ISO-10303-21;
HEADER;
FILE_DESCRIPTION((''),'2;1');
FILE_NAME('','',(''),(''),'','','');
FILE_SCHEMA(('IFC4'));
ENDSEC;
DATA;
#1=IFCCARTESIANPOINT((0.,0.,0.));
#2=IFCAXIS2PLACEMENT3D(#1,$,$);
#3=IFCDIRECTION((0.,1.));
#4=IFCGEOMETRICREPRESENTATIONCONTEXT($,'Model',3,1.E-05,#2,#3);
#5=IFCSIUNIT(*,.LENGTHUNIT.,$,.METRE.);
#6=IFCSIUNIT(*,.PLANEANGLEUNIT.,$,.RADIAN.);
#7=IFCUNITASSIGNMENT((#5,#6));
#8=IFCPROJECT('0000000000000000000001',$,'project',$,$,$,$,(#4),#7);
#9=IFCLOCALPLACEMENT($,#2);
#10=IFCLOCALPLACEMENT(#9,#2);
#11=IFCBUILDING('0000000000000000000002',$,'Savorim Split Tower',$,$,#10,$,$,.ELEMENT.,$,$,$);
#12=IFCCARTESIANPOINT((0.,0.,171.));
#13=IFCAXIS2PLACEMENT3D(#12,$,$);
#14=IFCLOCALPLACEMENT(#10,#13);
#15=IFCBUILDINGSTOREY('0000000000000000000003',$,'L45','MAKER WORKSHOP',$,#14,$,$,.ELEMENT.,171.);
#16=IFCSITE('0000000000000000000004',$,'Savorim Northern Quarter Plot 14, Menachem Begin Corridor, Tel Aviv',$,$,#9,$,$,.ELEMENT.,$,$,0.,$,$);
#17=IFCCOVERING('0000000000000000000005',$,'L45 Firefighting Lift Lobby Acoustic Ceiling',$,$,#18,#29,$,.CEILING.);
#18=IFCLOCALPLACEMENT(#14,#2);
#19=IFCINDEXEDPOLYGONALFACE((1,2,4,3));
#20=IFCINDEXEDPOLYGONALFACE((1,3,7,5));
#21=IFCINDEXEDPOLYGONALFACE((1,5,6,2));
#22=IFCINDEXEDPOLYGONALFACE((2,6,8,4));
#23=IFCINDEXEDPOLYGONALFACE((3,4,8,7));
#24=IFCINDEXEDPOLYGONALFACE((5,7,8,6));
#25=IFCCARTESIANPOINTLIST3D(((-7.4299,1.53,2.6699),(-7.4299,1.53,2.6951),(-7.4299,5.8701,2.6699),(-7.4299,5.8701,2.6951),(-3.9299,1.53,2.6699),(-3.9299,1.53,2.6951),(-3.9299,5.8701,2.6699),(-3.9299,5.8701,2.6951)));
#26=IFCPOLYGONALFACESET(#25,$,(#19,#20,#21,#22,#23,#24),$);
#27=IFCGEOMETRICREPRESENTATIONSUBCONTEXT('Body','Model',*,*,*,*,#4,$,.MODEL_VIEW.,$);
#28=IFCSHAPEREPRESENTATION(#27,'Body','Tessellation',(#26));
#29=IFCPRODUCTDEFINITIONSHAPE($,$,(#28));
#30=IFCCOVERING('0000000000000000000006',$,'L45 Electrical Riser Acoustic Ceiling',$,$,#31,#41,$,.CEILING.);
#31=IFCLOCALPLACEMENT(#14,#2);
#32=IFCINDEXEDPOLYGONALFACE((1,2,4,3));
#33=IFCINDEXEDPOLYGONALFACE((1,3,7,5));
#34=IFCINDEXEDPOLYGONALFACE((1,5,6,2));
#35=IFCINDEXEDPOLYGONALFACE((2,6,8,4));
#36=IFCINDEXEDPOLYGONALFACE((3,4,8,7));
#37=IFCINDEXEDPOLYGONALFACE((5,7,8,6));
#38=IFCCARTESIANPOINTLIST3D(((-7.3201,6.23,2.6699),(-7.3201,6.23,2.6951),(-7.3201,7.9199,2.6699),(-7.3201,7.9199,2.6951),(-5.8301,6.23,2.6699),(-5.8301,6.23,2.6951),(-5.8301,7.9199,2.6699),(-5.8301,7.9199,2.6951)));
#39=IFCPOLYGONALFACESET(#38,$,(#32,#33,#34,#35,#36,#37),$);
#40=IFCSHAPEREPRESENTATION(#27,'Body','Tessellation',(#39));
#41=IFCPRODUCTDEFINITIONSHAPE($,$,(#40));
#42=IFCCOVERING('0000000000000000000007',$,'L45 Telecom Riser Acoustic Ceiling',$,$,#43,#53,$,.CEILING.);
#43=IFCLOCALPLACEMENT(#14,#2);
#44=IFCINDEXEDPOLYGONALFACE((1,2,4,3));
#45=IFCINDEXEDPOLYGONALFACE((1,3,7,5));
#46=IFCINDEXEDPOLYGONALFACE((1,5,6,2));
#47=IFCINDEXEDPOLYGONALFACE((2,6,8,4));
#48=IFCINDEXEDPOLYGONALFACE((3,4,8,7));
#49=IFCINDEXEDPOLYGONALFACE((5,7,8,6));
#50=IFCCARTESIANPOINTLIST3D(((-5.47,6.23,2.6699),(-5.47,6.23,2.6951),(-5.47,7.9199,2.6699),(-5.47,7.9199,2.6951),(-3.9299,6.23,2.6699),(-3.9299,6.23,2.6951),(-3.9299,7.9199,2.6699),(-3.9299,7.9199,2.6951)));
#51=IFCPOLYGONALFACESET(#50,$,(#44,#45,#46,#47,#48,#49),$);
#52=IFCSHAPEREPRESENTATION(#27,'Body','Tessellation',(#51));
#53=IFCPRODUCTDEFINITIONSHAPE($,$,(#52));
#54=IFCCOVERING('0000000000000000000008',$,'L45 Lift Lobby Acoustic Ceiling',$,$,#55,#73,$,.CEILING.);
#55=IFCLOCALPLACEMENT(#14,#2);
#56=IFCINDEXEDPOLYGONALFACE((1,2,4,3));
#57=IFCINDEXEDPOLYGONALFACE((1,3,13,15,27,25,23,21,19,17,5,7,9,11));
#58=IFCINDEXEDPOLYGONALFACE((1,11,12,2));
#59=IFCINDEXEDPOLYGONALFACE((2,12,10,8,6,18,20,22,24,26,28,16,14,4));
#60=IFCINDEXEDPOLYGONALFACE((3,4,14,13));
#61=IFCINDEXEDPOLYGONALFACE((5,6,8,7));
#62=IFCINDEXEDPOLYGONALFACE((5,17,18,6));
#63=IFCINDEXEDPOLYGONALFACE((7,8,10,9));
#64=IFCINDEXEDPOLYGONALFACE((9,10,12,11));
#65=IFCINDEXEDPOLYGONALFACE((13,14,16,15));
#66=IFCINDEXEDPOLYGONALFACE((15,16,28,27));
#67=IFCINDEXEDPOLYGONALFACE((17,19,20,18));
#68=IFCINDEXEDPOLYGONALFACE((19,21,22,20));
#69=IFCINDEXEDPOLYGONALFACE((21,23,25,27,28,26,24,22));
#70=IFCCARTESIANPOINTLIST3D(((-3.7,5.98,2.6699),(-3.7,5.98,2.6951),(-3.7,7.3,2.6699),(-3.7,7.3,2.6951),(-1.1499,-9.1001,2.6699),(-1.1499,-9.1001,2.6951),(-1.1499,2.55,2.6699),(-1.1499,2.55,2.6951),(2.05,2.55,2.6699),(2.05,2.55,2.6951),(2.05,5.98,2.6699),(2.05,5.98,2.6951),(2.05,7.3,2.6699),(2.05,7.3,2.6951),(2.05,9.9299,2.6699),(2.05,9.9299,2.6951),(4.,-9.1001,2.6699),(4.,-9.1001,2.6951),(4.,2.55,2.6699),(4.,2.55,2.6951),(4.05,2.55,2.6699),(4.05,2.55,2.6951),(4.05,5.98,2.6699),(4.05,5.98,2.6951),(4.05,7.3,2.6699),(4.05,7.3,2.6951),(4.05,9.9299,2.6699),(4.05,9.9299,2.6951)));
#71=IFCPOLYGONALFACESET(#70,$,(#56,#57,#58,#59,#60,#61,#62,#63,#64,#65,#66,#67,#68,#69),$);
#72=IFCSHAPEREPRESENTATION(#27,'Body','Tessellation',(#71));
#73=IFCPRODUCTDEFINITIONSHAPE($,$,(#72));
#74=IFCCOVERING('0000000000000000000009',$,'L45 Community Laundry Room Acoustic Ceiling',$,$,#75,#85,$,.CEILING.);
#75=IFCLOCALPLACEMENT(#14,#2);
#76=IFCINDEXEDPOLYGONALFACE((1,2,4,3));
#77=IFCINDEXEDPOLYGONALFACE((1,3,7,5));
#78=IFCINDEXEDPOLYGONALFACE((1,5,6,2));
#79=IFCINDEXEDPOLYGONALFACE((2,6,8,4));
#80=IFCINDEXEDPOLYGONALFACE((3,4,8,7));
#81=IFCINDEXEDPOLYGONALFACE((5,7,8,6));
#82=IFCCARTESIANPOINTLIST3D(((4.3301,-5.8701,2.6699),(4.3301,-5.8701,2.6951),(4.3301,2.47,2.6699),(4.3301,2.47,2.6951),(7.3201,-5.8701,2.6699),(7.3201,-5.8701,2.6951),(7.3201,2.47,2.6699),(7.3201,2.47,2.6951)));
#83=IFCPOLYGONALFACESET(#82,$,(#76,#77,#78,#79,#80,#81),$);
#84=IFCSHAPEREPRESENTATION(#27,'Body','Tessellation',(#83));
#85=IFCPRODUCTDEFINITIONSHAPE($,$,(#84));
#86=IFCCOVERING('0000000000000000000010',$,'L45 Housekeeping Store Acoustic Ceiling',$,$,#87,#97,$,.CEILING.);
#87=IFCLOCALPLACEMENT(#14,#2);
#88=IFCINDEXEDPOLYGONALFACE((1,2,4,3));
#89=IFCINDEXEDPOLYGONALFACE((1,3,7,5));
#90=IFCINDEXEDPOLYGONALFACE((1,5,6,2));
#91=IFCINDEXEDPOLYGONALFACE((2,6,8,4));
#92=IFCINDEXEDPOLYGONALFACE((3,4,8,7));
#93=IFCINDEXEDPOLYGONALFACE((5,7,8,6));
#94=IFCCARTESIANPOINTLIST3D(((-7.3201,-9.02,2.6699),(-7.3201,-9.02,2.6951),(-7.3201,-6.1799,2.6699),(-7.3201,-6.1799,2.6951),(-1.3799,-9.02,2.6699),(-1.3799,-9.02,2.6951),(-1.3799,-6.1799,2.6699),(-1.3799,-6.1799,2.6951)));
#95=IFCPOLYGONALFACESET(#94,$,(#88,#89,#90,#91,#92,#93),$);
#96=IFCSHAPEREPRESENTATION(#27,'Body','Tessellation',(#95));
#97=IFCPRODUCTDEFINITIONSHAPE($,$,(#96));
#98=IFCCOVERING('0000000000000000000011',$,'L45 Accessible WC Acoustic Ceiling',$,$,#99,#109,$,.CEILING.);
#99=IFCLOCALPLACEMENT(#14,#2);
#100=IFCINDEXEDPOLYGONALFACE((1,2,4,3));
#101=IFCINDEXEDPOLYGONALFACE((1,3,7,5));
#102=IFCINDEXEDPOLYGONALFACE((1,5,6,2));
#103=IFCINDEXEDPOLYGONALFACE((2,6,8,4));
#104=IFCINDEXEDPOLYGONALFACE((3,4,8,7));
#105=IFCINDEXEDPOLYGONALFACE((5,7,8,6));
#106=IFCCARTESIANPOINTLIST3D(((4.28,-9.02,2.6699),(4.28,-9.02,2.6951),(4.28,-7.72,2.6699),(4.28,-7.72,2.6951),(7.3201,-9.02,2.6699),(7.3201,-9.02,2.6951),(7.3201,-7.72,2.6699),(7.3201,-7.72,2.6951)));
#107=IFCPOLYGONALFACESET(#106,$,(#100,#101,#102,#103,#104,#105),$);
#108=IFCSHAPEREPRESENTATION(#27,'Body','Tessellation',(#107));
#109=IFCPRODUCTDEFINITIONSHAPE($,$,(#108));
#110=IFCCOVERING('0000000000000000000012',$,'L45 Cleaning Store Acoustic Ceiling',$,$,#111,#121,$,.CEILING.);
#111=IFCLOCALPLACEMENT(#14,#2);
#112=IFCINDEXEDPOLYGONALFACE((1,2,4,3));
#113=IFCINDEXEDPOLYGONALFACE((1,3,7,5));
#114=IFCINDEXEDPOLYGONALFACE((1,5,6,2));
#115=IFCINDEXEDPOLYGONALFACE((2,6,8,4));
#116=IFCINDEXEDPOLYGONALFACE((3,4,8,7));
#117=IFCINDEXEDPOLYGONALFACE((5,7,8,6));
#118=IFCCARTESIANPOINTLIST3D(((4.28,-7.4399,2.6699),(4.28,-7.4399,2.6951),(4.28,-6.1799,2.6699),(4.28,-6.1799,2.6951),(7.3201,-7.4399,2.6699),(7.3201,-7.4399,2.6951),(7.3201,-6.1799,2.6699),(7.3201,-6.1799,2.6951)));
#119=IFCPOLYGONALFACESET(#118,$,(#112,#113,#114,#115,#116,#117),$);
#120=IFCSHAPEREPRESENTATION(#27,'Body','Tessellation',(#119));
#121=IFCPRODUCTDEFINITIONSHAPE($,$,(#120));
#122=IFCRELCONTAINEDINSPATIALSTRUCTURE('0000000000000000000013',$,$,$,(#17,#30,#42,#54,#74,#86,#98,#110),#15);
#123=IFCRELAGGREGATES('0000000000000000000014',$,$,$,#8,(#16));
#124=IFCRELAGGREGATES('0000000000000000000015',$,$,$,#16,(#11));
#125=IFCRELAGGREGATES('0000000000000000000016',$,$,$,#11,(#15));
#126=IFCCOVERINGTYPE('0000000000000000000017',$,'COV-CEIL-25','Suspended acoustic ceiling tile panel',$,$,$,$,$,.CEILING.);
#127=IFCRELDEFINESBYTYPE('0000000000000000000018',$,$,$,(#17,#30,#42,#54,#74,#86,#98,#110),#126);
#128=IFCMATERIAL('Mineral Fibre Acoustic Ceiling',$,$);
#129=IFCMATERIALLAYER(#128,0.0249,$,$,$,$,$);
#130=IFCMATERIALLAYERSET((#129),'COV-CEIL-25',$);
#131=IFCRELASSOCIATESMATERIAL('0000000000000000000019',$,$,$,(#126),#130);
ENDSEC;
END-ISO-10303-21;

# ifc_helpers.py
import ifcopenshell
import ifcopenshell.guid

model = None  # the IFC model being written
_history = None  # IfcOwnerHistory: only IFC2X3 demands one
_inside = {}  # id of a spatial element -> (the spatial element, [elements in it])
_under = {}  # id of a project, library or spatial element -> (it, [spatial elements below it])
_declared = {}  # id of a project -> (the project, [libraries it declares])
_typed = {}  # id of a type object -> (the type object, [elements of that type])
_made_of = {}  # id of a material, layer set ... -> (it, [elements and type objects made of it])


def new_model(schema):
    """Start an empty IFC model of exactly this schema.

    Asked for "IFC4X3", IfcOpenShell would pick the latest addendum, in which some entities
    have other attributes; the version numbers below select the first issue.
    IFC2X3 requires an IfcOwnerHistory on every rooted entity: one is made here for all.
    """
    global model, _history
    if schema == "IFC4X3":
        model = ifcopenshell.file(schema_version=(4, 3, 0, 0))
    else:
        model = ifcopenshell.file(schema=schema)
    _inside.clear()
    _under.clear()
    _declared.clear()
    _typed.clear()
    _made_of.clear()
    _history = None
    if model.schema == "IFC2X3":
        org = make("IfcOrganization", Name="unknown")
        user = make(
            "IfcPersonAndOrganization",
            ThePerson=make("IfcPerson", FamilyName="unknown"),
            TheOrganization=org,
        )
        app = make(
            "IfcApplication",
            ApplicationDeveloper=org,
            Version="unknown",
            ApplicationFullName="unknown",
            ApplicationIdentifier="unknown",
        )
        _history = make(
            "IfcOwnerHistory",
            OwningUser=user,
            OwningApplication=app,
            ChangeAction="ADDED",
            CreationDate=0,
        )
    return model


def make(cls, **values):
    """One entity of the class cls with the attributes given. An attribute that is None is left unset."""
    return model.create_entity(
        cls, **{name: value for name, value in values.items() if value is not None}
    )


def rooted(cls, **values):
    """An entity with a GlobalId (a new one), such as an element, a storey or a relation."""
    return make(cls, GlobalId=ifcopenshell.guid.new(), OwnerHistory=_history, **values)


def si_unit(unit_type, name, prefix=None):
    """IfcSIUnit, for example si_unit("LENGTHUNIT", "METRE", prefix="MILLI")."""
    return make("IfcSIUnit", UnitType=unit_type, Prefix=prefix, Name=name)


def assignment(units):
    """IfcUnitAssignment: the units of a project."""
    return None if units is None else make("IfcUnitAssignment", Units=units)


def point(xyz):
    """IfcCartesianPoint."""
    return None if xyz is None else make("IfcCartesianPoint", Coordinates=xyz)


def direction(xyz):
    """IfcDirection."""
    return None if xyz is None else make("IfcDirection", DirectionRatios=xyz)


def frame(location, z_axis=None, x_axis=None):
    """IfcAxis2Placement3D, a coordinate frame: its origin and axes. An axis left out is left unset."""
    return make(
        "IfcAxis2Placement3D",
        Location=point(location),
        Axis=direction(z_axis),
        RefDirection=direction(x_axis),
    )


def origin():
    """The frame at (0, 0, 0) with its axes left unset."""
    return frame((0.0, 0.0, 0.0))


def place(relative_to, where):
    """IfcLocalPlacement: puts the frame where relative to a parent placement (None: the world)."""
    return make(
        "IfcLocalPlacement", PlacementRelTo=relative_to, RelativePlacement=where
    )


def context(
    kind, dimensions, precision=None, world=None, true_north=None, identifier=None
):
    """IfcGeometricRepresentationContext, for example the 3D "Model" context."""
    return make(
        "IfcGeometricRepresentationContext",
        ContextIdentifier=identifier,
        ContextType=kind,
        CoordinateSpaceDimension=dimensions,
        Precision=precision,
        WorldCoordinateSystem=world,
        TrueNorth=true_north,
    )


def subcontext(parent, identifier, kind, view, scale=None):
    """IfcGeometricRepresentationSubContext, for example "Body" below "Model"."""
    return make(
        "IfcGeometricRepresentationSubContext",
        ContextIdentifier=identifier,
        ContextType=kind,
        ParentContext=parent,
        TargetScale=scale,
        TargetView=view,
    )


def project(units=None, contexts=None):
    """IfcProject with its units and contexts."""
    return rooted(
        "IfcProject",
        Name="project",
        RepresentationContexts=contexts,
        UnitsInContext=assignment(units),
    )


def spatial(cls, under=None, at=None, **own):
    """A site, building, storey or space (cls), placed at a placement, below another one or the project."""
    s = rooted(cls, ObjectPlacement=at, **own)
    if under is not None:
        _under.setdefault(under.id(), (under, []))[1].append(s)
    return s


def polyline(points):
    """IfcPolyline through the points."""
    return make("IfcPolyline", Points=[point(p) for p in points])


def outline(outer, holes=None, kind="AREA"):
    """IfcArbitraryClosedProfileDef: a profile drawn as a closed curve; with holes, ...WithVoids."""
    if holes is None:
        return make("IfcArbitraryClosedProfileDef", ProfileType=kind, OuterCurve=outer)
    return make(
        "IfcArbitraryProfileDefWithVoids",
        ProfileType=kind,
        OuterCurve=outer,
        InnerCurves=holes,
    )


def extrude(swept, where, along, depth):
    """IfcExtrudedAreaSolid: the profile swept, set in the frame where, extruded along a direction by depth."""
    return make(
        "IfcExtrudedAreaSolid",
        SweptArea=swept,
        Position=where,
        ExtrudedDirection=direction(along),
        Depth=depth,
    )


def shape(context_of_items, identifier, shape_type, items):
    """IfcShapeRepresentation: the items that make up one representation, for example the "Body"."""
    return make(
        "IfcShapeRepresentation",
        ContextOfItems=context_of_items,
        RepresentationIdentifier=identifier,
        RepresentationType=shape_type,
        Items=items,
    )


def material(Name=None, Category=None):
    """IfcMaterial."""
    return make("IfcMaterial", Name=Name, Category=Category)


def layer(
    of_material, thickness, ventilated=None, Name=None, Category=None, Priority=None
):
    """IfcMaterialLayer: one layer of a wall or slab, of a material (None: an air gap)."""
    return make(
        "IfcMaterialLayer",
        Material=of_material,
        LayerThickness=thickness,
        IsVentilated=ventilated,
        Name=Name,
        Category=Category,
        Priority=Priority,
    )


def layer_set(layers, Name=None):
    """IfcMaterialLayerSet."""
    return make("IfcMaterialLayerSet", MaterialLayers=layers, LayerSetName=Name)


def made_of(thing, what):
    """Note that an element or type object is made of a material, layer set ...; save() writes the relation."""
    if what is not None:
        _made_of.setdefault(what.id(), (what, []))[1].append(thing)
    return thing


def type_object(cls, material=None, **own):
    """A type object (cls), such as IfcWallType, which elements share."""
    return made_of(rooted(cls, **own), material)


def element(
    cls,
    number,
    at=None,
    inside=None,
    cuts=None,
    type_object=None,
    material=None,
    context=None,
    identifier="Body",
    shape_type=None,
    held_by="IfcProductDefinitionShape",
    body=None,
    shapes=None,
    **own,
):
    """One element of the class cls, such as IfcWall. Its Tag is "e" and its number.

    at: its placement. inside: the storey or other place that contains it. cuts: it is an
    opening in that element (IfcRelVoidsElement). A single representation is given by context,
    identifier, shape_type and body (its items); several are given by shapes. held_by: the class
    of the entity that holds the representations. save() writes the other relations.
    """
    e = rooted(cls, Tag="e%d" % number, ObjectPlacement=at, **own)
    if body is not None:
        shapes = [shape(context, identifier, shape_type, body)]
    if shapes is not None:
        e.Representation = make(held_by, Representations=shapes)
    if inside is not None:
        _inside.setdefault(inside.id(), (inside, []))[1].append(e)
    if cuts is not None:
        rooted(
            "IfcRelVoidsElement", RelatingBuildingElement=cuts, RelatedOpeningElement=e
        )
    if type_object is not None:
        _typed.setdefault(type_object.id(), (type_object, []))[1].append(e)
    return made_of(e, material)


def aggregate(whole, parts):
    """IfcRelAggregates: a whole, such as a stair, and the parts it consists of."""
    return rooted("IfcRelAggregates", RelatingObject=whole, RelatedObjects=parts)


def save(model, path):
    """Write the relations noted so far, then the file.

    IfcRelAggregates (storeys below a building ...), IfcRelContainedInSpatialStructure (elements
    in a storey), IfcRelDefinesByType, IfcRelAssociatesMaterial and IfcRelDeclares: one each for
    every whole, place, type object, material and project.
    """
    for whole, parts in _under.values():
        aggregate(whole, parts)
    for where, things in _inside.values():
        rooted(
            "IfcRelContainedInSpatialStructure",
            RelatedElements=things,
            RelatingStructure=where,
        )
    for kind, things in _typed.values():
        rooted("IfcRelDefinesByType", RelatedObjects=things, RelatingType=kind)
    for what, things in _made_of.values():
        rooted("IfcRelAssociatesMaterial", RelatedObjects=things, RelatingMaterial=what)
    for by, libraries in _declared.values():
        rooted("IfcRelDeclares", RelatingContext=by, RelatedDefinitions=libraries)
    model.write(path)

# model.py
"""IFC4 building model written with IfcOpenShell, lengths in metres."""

from ifc_helpers import new_model, si_unit, direction, frame, origin, place, context, subcontext, project, spatial, polyline, outline, extrude, material, layer, layer_set, type_object, element, save


model = new_model("IFC4")

# Units and contexts
model_context = context("Model", 3, precision=1e-05, world=origin(), true_north=direction((0.0, 1.0)))
body_context = subcontext(model_context, "Body", "Model", "MODEL_VIEW")
ifc_project = project(units=[si_unit("LENGTHUNIT", "METRE"), si_unit("PLANEANGLEUNIT", "RADIAN")], contexts=[model_context])

# Site, building, storey
site_placement = place(None, origin())
site = spatial("IfcSite", under=ifc_project, at=site_placement, Name="Savorim Northern Quarter Plot 14, Menachem Begin Corridor, Tel Aviv", CompositionType="ELEMENT", RefElevation=0.0)
building_placement = place(site_placement, origin())
building = spatial("IfcBuilding", under=site, at=building_placement, Name="Savorim Split Tower", CompositionType="ELEMENT")
storey_placement = place(building_placement, frame((0.0, 0.0, 171.0)))
storey = spatial("IfcBuildingStorey", under=building, at=storey_placement, Name="L45", Description="MAKER WORKSHOP", CompositionType="ELEMENT", Elevation=171.0)

# Coverings
ifc_material_1 = material(Name="Mineral Fibre Acoustic Ceiling")
ifc_layer_1 = layer(ifc_material_1, 0.0249)
ifc_layer_set_1 = layer_set([ifc_layer_1], Name="COV-CEIL-25")
covering_type_1 = type_object("IfcCoveringType", Name="COV-CEIL-25", Description="Suspended acoustic ceiling tile panel", PredefinedType="CEILING", material=ifc_layer_set_1)
covering_1_placement = place(storey_placement, frame((0.0, 0.0, 2.6699)))
element("IfcCovering", 1, at=covering_1_placement, inside=storey, type_object=covering_type_1, Name="L45 Firefighting Lift Lobby Acoustic Ceiling", PredefinedType="CEILING", context=body_context, shape_type="SweptSolid", body=[
    extrude(outline(polyline([(-7.4299, 5.8701), (-7.4299, 1.53), (-3.9299, 1.53), (-3.9299, 5.8701), (-7.4299, 5.8701)])), origin(), (0.0, 0.0, 1.0), 0.0251),
])
covering_2_placement = place(storey_placement, frame((0.0, 0.0, 2.6699)))
element("IfcCovering", 2, at=covering_2_placement, inside=storey, type_object=covering_type_1, Name="L45 Electrical Riser Acoustic Ceiling", PredefinedType="CEILING", context=body_context, shape_type="SweptSolid", body=[
    extrude(outline(polyline([(-7.3201, 7.9199), (-7.3201, 6.23), (-5.8301, 6.23), (-5.8301, 7.9199), (-7.3201, 7.9199)])), origin(), (0.0, 0.0, 1.0), 0.0251),
])
covering_3_placement = place(storey_placement, frame((0.0, 0.0, 2.6699)))
element("IfcCovering", 3, at=covering_3_placement, inside=storey, type_object=covering_type_1, Name="L45 Telecom Riser Acoustic Ceiling", PredefinedType="CEILING", context=body_context, shape_type="SweptSolid", body=[
    extrude(outline(polyline([(-5.47, 7.9199), (-5.47, 6.23), (-3.9299, 6.23), (-3.9299, 7.9199), (-5.47, 7.9199)])), origin(), (0.0, 0.0, 1.0), 0.0251),
])
covering_4_placement = place(storey_placement, frame((0.0, 0.0, 2.6699)))
element("IfcCovering", 4, at=covering_4_placement, inside=storey, type_object=covering_type_1, Name="L45 Lift Lobby Acoustic Ceiling", PredefinedType="CEILING", context=body_context, shape_type="SweptSolid", body=[
    extrude(outline(polyline([(2.05, 2.55), (-1.1499, 2.55), (-1.1499, -9.1001), (4.0, -9.1001), (4.0, 2.55), (4.05, 2.55), (4.05, 5.98), (4.05, 7.3), (4.05, 9.9299), (2.05, 9.9299), (2.05, 7.3), (-3.7, 7.3), (-3.7, 5.98), (2.05, 5.98), (2.05, 2.55)])), origin(), (0.0, 0.0, 1.0), 0.0251),
])
covering_5_placement = place(storey_placement, frame((0.0, 0.0, 2.6699)))
element("IfcCovering", 5, at=covering_5_placement, inside=storey, type_object=covering_type_1, Name="L45 Community Laundry Room Acoustic Ceiling", PredefinedType="CEILING", context=body_context, shape_type="SweptSolid", body=[
    extrude(outline(polyline([(4.3301, 2.47), (4.3301, -5.8701), (7.3201, -5.8701), (7.3201, 2.47), (4.3301, 2.47)])), origin(), (0.0, 0.0, 1.0), 0.0251),
])
covering_6_placement = place(storey_placement, frame((0.0, 0.0, 2.6699)))
element("IfcCovering", 6, at=covering_6_placement, inside=storey, type_object=covering_type_1, Name="L45 Housekeeping Store Acoustic Ceiling", PredefinedType="CEILING", context=body_context, shape_type="SweptSolid", body=[
    extrude(outline(polyline([(-7.3201, -6.1799), (-7.3201, -9.02), (-1.3799, -9.02), (-1.3799, -6.1799), (-7.3201, -6.1799)])), origin(), (0.0, 0.0, 1.0), 0.0251),
])
covering_7_placement = place(storey_placement, frame((0.0, 0.0, 2.6699)))
element("IfcCovering", 7, at=covering_7_placement, inside=storey, type_object=covering_type_1, Name="L45 Accessible WC Acoustic Ceiling", PredefinedType="CEILING", context=body_context, shape_type="SweptSolid", body=[
    extrude(outline(polyline([(4.28, -7.72), (4.28, -9.02), (7.3201, -9.02), (7.3201, -7.72), (4.28, -7.72)])), origin(), (0.0, 0.0, 1.0), 0.0251),
])
covering_8_placement = place(storey_placement, frame((0.0, 0.0, 2.6699)))
element("IfcCovering", 8, at=covering_8_placement, inside=storey, type_object=covering_type_1, Name="L45 Cleaning Store Acoustic Ceiling", PredefinedType="CEILING", context=body_context, shape_type="SweptSolid", body=[
    extrude(outline(polyline([(4.28, -6.1799), (4.28, -7.4399), (7.3201, -7.4399), (7.3201, -6.1799), (4.28, -6.1799)])), origin(), (0.0, 0.0, 1.0), 0.0251),
])

save(model, "model.ifc")
